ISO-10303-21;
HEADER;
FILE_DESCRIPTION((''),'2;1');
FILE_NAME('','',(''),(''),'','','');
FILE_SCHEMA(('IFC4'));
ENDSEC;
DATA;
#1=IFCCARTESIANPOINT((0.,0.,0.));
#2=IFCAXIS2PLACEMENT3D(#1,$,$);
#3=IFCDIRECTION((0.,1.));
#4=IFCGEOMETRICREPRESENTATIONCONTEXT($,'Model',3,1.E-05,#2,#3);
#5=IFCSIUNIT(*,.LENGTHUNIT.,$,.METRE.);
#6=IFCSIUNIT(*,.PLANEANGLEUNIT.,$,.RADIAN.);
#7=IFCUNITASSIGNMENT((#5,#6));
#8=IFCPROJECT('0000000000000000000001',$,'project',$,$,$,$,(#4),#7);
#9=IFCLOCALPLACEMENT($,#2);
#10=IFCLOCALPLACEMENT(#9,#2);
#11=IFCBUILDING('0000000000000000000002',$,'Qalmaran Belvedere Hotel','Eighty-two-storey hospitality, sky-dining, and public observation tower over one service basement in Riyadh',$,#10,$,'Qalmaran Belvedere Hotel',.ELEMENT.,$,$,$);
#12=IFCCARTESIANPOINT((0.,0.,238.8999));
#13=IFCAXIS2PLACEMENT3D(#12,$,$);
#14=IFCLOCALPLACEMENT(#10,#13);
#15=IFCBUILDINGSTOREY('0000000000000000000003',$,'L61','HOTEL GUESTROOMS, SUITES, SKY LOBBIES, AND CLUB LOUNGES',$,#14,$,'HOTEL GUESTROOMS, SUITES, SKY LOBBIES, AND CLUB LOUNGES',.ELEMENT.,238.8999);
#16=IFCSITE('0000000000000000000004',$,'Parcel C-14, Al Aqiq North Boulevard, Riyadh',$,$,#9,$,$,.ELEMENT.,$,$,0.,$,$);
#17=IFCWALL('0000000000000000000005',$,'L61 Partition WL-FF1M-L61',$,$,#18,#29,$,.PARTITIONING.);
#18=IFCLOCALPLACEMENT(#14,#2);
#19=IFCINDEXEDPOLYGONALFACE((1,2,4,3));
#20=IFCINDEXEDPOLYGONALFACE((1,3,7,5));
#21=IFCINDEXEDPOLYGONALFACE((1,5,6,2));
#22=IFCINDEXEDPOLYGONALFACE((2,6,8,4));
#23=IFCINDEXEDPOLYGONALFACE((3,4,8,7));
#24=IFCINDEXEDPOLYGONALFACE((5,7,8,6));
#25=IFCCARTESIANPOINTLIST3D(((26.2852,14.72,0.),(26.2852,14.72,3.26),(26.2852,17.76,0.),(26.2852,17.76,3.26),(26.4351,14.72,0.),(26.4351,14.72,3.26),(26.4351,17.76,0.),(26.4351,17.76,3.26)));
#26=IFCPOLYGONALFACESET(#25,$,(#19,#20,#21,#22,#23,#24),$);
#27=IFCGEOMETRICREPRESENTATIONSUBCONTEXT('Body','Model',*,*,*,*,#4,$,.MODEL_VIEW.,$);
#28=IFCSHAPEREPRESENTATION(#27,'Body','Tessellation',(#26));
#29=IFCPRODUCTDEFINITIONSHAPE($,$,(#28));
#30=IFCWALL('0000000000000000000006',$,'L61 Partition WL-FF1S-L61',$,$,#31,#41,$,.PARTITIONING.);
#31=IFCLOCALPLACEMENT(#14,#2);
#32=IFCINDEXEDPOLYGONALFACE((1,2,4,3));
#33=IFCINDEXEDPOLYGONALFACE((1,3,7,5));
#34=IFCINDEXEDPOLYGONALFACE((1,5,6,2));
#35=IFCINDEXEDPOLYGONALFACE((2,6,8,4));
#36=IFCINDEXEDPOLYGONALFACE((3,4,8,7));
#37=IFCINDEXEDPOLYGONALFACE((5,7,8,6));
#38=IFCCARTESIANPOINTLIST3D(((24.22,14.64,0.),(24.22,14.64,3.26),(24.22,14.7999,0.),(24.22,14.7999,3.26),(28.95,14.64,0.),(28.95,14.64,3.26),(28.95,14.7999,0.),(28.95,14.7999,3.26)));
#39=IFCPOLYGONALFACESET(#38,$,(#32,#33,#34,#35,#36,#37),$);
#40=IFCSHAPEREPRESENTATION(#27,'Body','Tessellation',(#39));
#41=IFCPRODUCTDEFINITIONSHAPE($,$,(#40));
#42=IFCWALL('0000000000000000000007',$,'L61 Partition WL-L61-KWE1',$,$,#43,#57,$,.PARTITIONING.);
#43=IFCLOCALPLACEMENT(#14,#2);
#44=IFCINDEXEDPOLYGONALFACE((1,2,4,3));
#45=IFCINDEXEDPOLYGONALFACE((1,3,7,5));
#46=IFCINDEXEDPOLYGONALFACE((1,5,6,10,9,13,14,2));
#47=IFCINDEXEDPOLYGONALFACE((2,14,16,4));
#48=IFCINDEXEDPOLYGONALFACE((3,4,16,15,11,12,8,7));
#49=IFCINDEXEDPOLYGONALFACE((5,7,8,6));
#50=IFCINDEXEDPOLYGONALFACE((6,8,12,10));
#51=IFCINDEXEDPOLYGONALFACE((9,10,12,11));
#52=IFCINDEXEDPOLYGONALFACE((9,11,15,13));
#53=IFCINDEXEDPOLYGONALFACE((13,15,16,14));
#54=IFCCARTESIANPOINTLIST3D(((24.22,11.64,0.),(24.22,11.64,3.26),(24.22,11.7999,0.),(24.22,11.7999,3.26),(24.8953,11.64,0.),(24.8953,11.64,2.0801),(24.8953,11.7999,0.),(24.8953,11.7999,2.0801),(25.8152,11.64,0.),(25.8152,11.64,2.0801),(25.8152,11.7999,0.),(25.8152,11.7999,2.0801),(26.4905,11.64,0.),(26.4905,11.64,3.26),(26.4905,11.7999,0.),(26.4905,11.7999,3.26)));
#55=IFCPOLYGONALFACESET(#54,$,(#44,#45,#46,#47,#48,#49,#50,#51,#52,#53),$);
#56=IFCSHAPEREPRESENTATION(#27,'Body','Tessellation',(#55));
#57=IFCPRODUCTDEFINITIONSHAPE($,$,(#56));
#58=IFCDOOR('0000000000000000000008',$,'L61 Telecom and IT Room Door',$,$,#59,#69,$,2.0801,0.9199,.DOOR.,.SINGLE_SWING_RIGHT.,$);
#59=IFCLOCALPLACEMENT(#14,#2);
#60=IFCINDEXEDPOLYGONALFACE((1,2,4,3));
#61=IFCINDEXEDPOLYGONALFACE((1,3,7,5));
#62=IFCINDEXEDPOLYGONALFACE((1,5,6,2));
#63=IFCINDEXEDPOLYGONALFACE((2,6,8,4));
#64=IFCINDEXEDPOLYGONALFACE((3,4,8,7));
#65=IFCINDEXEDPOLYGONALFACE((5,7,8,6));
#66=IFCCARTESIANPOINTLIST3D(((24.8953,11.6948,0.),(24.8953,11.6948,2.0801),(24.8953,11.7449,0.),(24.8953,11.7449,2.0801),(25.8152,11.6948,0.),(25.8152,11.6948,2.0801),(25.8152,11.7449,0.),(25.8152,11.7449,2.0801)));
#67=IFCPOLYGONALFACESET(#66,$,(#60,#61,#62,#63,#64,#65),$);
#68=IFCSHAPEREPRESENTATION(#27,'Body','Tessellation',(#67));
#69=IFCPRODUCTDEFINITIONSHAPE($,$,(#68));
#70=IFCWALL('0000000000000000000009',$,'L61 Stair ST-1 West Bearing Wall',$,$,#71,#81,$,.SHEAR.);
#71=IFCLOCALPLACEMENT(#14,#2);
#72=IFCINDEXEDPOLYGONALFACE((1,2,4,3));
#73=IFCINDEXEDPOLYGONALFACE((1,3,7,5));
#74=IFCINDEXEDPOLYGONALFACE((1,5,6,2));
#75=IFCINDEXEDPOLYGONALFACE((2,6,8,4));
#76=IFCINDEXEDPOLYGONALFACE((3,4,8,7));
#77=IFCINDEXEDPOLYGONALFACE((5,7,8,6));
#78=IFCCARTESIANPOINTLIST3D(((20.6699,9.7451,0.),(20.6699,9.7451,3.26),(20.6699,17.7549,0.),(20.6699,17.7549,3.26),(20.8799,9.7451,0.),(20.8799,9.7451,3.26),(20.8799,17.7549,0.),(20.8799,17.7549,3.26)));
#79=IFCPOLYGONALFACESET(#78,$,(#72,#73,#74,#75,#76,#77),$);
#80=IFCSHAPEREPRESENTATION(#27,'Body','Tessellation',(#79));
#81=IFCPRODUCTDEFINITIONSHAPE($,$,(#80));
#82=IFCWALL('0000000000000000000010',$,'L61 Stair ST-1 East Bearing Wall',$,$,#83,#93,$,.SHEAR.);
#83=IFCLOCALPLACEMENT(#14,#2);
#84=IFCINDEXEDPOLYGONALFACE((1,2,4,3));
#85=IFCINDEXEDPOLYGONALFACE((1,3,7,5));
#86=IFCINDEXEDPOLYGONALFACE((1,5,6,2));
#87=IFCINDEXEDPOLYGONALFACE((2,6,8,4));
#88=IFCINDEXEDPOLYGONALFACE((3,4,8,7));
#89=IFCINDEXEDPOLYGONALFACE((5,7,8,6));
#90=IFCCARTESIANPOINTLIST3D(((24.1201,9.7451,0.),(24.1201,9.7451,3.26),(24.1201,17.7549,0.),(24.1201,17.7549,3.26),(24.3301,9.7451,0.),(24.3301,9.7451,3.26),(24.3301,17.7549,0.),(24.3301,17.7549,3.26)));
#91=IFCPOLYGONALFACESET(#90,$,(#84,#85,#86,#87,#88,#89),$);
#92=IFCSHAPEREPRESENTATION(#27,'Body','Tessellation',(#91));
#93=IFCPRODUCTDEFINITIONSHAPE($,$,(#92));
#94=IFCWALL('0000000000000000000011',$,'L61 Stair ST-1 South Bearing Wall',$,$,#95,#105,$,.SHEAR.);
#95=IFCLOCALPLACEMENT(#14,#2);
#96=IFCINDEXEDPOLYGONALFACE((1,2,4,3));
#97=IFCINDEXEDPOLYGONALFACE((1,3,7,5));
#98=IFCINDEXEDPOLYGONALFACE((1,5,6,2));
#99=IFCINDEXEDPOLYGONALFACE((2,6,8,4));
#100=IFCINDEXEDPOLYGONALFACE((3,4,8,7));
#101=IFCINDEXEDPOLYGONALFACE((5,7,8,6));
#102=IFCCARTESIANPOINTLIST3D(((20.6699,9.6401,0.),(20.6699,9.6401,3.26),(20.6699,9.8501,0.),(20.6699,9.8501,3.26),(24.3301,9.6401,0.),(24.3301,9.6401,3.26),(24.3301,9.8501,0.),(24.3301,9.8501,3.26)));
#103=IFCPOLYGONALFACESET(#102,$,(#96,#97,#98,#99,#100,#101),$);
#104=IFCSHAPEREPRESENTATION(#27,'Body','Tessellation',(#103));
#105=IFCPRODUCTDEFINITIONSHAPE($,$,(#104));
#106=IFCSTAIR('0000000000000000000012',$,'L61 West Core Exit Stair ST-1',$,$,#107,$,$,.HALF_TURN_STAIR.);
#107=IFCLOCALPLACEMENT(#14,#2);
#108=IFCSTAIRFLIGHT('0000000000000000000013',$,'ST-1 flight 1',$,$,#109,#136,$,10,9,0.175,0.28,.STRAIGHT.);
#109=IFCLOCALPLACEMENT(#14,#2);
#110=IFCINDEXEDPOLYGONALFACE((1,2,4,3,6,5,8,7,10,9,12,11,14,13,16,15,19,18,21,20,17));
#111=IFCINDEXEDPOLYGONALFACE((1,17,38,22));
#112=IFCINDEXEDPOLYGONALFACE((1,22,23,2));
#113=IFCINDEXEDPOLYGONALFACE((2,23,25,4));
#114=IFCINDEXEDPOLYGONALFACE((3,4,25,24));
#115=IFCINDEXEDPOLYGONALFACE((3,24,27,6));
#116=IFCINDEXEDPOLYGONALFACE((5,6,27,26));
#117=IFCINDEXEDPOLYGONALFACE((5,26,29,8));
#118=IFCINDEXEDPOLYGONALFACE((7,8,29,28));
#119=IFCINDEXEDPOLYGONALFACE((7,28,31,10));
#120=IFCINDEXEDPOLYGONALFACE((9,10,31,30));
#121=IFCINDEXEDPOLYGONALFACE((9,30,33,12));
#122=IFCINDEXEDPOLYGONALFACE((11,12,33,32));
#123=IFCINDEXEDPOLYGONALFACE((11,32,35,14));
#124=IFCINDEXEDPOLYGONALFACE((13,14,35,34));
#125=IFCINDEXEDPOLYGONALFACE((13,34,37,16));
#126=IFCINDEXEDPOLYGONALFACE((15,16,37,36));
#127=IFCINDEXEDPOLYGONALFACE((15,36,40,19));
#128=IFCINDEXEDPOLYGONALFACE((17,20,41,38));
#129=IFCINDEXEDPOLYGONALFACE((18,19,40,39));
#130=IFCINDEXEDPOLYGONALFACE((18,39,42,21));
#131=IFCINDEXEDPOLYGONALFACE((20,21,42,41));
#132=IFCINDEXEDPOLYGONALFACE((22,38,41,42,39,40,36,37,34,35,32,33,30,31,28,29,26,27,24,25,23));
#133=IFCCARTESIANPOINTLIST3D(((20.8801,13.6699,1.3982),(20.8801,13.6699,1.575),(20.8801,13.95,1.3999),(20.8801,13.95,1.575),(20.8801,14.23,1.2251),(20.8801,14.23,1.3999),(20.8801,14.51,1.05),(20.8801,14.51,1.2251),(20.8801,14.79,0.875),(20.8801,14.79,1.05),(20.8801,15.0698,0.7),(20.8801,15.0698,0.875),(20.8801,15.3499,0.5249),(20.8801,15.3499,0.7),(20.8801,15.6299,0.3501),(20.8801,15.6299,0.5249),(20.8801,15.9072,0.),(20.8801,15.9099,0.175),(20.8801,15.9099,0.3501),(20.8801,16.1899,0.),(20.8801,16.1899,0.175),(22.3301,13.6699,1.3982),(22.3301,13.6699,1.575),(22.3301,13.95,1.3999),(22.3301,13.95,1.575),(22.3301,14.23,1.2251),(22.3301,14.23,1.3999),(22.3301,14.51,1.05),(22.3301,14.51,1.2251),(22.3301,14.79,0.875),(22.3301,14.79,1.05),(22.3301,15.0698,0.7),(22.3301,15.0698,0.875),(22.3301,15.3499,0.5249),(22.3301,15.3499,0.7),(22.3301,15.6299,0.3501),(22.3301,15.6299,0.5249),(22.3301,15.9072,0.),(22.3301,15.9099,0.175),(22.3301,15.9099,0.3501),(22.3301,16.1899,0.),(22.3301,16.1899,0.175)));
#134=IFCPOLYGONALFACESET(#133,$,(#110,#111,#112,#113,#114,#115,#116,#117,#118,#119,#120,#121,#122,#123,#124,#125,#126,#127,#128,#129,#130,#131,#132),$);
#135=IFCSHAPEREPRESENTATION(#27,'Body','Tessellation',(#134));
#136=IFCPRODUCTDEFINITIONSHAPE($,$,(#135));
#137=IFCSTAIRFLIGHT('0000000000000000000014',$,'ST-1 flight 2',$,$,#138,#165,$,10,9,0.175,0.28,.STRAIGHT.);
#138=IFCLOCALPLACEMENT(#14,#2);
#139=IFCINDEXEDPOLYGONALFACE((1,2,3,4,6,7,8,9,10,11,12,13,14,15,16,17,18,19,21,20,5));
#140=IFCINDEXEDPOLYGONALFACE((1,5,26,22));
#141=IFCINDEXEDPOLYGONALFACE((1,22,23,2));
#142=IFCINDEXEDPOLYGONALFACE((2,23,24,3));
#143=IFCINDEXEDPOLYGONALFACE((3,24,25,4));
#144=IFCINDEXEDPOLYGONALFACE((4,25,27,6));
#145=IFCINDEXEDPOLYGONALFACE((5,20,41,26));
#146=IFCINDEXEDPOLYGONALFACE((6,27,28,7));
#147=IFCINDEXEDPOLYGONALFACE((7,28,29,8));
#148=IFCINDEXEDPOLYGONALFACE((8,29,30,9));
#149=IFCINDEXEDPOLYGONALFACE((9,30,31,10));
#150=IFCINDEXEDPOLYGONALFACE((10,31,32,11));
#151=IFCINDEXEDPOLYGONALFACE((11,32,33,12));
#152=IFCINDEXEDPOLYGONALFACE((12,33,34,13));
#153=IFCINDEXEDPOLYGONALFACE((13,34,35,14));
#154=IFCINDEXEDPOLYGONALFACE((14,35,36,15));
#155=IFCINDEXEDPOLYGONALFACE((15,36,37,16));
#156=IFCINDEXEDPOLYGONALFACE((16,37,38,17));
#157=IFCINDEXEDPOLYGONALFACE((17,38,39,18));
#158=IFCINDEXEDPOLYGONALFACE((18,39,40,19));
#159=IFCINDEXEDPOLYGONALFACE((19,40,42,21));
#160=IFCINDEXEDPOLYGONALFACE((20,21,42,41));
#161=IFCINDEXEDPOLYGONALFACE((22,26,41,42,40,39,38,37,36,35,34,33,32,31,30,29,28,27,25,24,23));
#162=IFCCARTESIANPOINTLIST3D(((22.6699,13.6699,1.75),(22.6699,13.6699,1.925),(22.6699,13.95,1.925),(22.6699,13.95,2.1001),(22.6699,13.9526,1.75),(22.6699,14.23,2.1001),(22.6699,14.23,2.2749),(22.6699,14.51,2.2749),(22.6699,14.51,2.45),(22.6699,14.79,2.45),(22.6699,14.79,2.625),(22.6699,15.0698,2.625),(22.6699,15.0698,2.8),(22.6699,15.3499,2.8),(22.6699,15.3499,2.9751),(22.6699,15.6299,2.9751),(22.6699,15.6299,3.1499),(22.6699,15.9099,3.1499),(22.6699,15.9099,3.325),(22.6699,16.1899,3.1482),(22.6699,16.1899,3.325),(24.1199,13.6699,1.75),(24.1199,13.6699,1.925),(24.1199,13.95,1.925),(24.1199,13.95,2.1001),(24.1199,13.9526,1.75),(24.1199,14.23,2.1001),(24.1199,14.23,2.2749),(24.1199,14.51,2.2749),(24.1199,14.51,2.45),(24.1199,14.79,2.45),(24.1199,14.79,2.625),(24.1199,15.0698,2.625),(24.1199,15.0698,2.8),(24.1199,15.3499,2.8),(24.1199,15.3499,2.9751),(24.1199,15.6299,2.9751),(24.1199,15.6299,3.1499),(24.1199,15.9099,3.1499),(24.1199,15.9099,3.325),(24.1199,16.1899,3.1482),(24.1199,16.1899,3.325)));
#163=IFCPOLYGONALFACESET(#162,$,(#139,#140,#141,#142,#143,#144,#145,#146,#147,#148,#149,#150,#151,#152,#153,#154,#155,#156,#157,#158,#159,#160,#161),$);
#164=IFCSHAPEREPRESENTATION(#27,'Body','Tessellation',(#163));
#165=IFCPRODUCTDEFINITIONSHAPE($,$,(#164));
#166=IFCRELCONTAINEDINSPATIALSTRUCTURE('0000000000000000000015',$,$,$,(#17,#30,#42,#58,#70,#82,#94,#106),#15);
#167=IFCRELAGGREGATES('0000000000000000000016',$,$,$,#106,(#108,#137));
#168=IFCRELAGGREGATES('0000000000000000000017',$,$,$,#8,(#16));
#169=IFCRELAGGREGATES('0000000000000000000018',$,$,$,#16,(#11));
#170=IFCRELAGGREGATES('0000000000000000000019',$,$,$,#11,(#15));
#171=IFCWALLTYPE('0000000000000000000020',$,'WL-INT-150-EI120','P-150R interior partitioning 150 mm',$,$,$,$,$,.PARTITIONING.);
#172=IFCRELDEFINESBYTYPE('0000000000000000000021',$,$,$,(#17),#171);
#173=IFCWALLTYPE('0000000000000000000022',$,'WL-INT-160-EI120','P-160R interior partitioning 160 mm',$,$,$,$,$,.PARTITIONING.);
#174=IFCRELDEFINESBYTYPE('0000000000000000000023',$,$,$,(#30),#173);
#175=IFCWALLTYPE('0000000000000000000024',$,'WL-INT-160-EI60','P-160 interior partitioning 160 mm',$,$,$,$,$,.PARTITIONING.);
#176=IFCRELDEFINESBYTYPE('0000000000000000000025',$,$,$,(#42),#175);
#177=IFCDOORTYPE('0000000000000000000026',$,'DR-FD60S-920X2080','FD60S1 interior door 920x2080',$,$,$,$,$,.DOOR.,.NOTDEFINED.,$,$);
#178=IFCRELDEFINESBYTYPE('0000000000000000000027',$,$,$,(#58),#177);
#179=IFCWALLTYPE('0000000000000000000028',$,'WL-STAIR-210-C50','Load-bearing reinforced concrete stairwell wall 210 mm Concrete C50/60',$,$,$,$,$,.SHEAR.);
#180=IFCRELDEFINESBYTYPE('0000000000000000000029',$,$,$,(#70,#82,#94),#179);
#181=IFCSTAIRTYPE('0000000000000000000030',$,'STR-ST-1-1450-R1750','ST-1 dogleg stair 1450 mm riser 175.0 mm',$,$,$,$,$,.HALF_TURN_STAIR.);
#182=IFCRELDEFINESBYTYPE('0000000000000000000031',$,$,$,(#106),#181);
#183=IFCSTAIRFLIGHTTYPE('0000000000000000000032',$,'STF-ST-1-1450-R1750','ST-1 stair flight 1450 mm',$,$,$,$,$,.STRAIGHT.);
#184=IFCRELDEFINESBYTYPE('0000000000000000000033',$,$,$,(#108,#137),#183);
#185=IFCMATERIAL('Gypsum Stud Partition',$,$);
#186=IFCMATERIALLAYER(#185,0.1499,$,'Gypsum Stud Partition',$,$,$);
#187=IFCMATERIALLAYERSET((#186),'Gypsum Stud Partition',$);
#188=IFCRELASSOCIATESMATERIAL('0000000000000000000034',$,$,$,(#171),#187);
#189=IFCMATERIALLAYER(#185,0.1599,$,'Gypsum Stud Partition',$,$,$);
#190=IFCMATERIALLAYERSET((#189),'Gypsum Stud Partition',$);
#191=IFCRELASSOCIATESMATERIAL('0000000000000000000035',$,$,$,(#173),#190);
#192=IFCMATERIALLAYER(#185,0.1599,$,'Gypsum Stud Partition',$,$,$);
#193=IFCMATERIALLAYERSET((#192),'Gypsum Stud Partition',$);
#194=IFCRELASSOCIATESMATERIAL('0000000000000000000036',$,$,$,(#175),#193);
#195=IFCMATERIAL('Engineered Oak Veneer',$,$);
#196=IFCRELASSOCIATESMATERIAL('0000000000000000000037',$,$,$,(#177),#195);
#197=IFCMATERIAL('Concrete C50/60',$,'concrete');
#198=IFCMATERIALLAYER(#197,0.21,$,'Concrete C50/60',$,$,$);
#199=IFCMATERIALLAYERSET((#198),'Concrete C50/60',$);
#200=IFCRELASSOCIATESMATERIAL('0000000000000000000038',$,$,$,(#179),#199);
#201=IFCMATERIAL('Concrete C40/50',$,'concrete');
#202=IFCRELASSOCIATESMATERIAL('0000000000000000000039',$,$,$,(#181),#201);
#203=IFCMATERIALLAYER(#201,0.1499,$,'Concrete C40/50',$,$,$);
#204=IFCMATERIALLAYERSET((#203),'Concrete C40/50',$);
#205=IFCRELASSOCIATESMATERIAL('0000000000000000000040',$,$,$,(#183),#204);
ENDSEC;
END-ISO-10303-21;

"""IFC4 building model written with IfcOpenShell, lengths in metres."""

from ifc_helpers import new_model, si_unit, direction, frame, frame_2d, origin, place, context, subcontext, project, spatial, polyline, rectangle, outline, extrude, material, layer, layer_set, type_object, element, fill, aggregate, save


model = new_model("IFC4")

# Units and contexts
model_context = context("Model", 3, precision=1e-05, world=origin(), true_north=direction((0.0, 1.0)))
body_context = subcontext(model_context, "Body", "Model", "MODEL_VIEW")
ifc_project = project(units=[si_unit("LENGTHUNIT", "METRE"), si_unit("PLANEANGLEUNIT", "RADIAN")], contexts=[model_context])

# Site, building, storey
site_placement = place(None, origin())
site = spatial("IfcSite", under=ifc_project, at=site_placement, Name="Parcel C-14, Al Aqiq North Boulevard, Riyadh", CompositionType="ELEMENT", RefElevation=0.0)
building_placement = place(site_placement, origin())
building = spatial("IfcBuilding", under=site, at=building_placement, Name="Qalmaran Belvedere Hotel", Description="Eighty-two-storey hospitality, sky-dining, and public observation tower over one service basement in Riyadh", LongName="Qalmaran Belvedere Hotel", CompositionType="ELEMENT")
storey_placement = place(building_placement, frame((0.0, 0.0, 238.8999)))
storey = spatial("IfcBuildingStorey", under=building, at=storey_placement, Name="L61", Description="HOTEL GUESTROOMS, SUITES, SKY LOBBIES, AND CLUB LOUNGES", LongName="HOTEL GUESTROOMS, SUITES, SKY LOBBIES, AND CLUB LOUNGES", CompositionType="ELEMENT", Elevation=238.8999)

# Walls
ifc_material_1 = material(Name="Gypsum Stud Partition")
ifc_layer_1 = layer(ifc_material_1, 0.1499, Name="Gypsum Stud Partition")
ifc_layer_set_1 = layer_set([ifc_layer_1], Name="Gypsum Stud Partition")
wall_type_1 = type_object("IfcWallType", Name="WL-INT-150-EI120", Description="P-150R interior partitioning 150 mm", PredefinedType="PARTITIONING", material=ifc_layer_set_1)
wall_1_placement = place(storey_placement, frame((26.3601, 14.72, 0.0), z_axis=(0.0, 0.0, 1.0), x_axis=(0.0, 1.0, 0.0)))
element("IfcWall", 1, at=wall_1_placement, inside=storey, type_object=wall_type_1, Name="L61 Partition WL-FF1M-L61", PredefinedType="PARTITIONING", context=body_context, shape_type="SweptSolid", body=[
    extrude(rectangle(XDim=3.04, YDim=0.1499, at=frame_2d((1.52, 0.0))), origin(), (0.0, 0.0, 1.0), 3.26),
])
ifc_layer_2 = layer(ifc_material_1, 0.1599, Name="Gypsum Stud Partition")
ifc_layer_set_2 = layer_set([ifc_layer_2], Name="Gypsum Stud Partition")
wall_type_2 = type_object("IfcWallType", Name="WL-INT-160-EI120", Description="P-160R interior partitioning 160 mm", PredefinedType="PARTITIONING", material=ifc_layer_set_2)
wall_2_placement = place(storey_placement, frame((24.22, 14.72, 0.0), z_axis=(0.0, 0.0, 1.0), x_axis=(1.0, 0.0, 0.0)))
element("IfcWall", 2, at=wall_2_placement, inside=storey, type_object=wall_type_2, Name="L61 Partition WL-FF1S-L61", PredefinedType="PARTITIONING", context=body_context, shape_type="SweptSolid", body=[
    extrude(rectangle(XDim=4.73, YDim=0.1599, at=frame_2d((2.365, 0.0))), origin(), (0.0, 0.0, 1.0), 3.26),
])

# Wall, opening, door
ifc_layer_3 = layer(ifc_material_1, 0.1599, Name="Gypsum Stud Partition")
ifc_layer_set_3 = layer_set([ifc_layer_3], Name="Gypsum Stud Partition")
wall_type_3 = type_object("IfcWallType", Name="WL-INT-160-EI60", Description="P-160 interior partitioning 160 mm", PredefinedType="PARTITIONING", material=ifc_layer_set_3)
wall_3_placement = place(storey_placement, frame((24.22, 11.72, 0.0), z_axis=(0.0, 0.0, 1.0), x_axis=(1.0, 0.0, 0.0)))
wall_3 = element("IfcWall", 3, at=wall_3_placement, inside=storey, type_object=wall_type_3, Name="L61 Partition WL-L61-KWE1", PredefinedType="PARTITIONING", context=body_context, shape_type="SweptSolid", body=[
    extrude(rectangle(XDim=2.2705, YDim=0.1599, at=frame_2d((1.1353, 0.0))), origin(), (0.0, 0.0, 1.0), 3.26),
])
opening_1_placement = place(wall_3_placement, frame((0.6753, 0.0, 0.0)))
opening_1 = element("IfcOpeningElement", 4, at=opening_1_placement, cuts=wall_3, PredefinedType="OPENING", context=body_context, shape_type="SweptSolid", body=[
    extrude(rectangle(XDim=0.9199, YDim=2.0801, at=frame_2d((0.46, 1.04))), frame((0.0, 0.0898, 0.0), z_axis=(0.0, -1.0, 0.0), x_axis=(1.0, 0.0, 0.0)), (0.0, 0.0, 1.0), 0.1799),
])
ifc_material_2 = material(Name="Engineered Oak Veneer")
door_type_1 = type_object("IfcDoorType", Name="DR-FD60S-920X2080", Description="FD60S1 interior door 920x2080", OperationType="NOTDEFINED", PredefinedType="DOOR", material=ifc_material_2)
door_1_placement = place(opening_1_placement, origin())
door_1 = element("IfcDoor", 5, at=door_1_placement, inside=storey, type_object=door_type_1, Name="L61 Telecom and IT Room Door", OperationType="SINGLE_SWING_RIGHT", OverallHeight=2.0801, OverallWidth=0.9199, PredefinedType="DOOR", context=body_context, shape_type="SweptSolid", body=[
    extrude(rectangle(XDim=0.9199, YDim=2.0801, at=frame_2d((0.46, 1.04))), frame((0.0, 0.0249, 0.0), z_axis=(0.0, -1.0, 0.0), x_axis=(1.0, 0.0, 0.0)), (0.0, 0.0, 1.0), 0.05),
])
fill(opening_1, door_1)

# Walls
ifc_material_3 = material(Name="Concrete C50/60", Category="concrete")
ifc_layer_4 = layer(ifc_material_3, 0.21, Name="Concrete C50/60")
ifc_layer_set_4 = layer_set([ifc_layer_4], Name="Concrete C50/60")
wall_type_4 = type_object("IfcWallType", Name="WL-STAIR-210-C50", Description="Load-bearing reinforced concrete stairwell wall 210 mm Concrete C50/60", PredefinedType="SHEAR", material=ifc_layer_set_4)
for number, where, z_axis, x_axis, name in (
    (6, (20.7749, 9.7451, 0.0), (0.0, 0.0, 1.0), (0.0, 1.0, 0.0), "L61 Stair ST-1 West Bearing Wall"),
    (7, (24.2251, 9.7451, 0.0), (0.0, 0.0, 1.0), (0.0, 1.0, 0.0), "L61 Stair ST-1 East Bearing Wall"),
):
    element("IfcWall", number, at=place(storey_placement, frame(where, z_axis=z_axis, x_axis=x_axis)), inside=storey, type_object=wall_type_4, Name=name, PredefinedType="SHEAR", context=body_context, shape_type="SweptSolid", body=[
        extrude(rectangle(XDim=8.0098, YDim=0.21, at=frame_2d((4.0049, 0.0))), origin(), (0.0, 0.0, 1.0), 3.26),
    ])
wall_4_placement = place(storey_placement, frame((20.6699, 9.7451, 0.0), z_axis=(0.0, 0.0, 1.0), x_axis=(1.0, 0.0, 0.0)))
element("IfcWall", 8, at=wall_4_placement, inside=storey, type_object=wall_type_4, Name="L61 Stair ST-1 South Bearing Wall", PredefinedType="SHEAR", context=body_context, shape_type="SweptSolid", body=[
    extrude(rectangle(XDim=3.6602, YDim=0.21, at=frame_2d((1.8301, 0.0))), origin(), (0.0, 0.0, 1.0), 3.26),
])

# Stair, stair flights
ifc_material_4 = material(Name="Concrete C40/50", Category="concrete")
stair_type = type_object("IfcStairType", Name="STR-ST-1-1450-R1750", Description="ST-1 dogleg stair 1450 mm riser 175.0 mm", PredefinedType="HALF_TURN_STAIR", material=ifc_material_4)
stair_placement = place(storey_placement, origin())
stair = element("IfcStair", 9, at=stair_placement, inside=storey, type_object=stair_type, Name="L61 West Core Exit Stair ST-1", PredefinedType="HALF_TURN_STAIR")
ifc_layer_5 = layer(ifc_material_4, 0.1499, Name="Concrete C40/50")
ifc_layer_set_5 = layer_set([ifc_layer_5], Name="Concrete C40/50")
stair_flight_type = type_object("IfcStairFlightType", Name="STF-ST-1-1450-R1750", Description="ST-1 stair flight 1450 mm", PredefinedType="STRAIGHT", material=ifc_layer_set_5)
stair_flight_1_placement = place(storey_placement, frame((21.605, 16.1899, 0.0), z_axis=(0.0, 0.0, 1.0), x_axis=(0.0, -1.0, 0.0)))
stair_flight_1 = element("IfcStairFlight", 10, at=stair_flight_1_placement, type_object=stair_flight_type, Name="ST-1 flight 1", NumberOfRisers=10, NumberOfTreads=9, PredefinedType="STRAIGHT", RiserHeight=0.175, TreadLength=0.28, context=body_context, shape_type="SweptSolid", body=[
    extrude(outline(polyline([(0.0, 0.0), (0.0, 0.175), (0.28, 0.175), (0.28, 0.3501), (0.5601, 0.3501), (0.5601, 0.5249), (0.8401, 0.5249), (0.8401, 0.7), (1.1201, 0.7), (1.1201, 0.875), (1.3999, 0.875), (1.3999, 1.05), (1.6799, 1.05), (1.6799, 1.2251), (1.96, 1.2251), (1.96, 1.3999), (2.24, 1.3999), (2.24, 1.575), (2.52, 1.575), (2.52, 1.75), (2.52, 1.3982), (0.2827, 0.0), (0.0, 0.0)])), frame((0.0, 0.7251, 0.0), z_axis=(0.0, -1.0, 0.0), x_axis=(1.0, 0.0, 0.0)), (0.0, 0.0, 1.0), 1.45),
])
stair_flight_2_placement = place(storey_placement, frame((23.395, 13.6699, 1.75), z_axis=(0.0, 0.0, 1.0), x_axis=(0.0, 1.0, 0.0)))
stair_flight_2 = element("IfcStairFlight", 11, at=stair_flight_2_placement, type_object=stair_flight_type, Name="ST-1 flight 2", NumberOfRisers=10, NumberOfTreads=9, PredefinedType="STRAIGHT", RiserHeight=0.175, TreadLength=0.28, context=body_context, shape_type="SweptSolid", body=[
    extrude(outline(polyline([(0.0, 0.0), (0.0, 0.175), (0.28, 0.175), (0.28, 0.3501), (0.5601, 0.3501), (0.5601, 0.5249), (0.8401, 0.5249), (0.8401, 0.7), (1.1201, 0.7), (1.1201, 0.875), (1.3999, 0.875), (1.3999, 1.05), (1.6799, 1.05), (1.6799, 1.2251), (1.96, 1.2251), (1.96, 1.3999), (2.24, 1.3999), (2.24, 1.575), (2.52, 1.575), (2.52, 1.75), (2.52, 1.3982), (0.2827, 0.0), (0.0, 0.0)])), frame((0.0, 0.7251, 0.0), z_axis=(0.0, -1.0, 0.0), x_axis=(1.0, 0.0, 0.0)), (0.0, 0.0, 1.0), 1.45),
])
aggregate(stair, [stair_flight_1, stair_flight_2])

save(model, "model.ifc")
